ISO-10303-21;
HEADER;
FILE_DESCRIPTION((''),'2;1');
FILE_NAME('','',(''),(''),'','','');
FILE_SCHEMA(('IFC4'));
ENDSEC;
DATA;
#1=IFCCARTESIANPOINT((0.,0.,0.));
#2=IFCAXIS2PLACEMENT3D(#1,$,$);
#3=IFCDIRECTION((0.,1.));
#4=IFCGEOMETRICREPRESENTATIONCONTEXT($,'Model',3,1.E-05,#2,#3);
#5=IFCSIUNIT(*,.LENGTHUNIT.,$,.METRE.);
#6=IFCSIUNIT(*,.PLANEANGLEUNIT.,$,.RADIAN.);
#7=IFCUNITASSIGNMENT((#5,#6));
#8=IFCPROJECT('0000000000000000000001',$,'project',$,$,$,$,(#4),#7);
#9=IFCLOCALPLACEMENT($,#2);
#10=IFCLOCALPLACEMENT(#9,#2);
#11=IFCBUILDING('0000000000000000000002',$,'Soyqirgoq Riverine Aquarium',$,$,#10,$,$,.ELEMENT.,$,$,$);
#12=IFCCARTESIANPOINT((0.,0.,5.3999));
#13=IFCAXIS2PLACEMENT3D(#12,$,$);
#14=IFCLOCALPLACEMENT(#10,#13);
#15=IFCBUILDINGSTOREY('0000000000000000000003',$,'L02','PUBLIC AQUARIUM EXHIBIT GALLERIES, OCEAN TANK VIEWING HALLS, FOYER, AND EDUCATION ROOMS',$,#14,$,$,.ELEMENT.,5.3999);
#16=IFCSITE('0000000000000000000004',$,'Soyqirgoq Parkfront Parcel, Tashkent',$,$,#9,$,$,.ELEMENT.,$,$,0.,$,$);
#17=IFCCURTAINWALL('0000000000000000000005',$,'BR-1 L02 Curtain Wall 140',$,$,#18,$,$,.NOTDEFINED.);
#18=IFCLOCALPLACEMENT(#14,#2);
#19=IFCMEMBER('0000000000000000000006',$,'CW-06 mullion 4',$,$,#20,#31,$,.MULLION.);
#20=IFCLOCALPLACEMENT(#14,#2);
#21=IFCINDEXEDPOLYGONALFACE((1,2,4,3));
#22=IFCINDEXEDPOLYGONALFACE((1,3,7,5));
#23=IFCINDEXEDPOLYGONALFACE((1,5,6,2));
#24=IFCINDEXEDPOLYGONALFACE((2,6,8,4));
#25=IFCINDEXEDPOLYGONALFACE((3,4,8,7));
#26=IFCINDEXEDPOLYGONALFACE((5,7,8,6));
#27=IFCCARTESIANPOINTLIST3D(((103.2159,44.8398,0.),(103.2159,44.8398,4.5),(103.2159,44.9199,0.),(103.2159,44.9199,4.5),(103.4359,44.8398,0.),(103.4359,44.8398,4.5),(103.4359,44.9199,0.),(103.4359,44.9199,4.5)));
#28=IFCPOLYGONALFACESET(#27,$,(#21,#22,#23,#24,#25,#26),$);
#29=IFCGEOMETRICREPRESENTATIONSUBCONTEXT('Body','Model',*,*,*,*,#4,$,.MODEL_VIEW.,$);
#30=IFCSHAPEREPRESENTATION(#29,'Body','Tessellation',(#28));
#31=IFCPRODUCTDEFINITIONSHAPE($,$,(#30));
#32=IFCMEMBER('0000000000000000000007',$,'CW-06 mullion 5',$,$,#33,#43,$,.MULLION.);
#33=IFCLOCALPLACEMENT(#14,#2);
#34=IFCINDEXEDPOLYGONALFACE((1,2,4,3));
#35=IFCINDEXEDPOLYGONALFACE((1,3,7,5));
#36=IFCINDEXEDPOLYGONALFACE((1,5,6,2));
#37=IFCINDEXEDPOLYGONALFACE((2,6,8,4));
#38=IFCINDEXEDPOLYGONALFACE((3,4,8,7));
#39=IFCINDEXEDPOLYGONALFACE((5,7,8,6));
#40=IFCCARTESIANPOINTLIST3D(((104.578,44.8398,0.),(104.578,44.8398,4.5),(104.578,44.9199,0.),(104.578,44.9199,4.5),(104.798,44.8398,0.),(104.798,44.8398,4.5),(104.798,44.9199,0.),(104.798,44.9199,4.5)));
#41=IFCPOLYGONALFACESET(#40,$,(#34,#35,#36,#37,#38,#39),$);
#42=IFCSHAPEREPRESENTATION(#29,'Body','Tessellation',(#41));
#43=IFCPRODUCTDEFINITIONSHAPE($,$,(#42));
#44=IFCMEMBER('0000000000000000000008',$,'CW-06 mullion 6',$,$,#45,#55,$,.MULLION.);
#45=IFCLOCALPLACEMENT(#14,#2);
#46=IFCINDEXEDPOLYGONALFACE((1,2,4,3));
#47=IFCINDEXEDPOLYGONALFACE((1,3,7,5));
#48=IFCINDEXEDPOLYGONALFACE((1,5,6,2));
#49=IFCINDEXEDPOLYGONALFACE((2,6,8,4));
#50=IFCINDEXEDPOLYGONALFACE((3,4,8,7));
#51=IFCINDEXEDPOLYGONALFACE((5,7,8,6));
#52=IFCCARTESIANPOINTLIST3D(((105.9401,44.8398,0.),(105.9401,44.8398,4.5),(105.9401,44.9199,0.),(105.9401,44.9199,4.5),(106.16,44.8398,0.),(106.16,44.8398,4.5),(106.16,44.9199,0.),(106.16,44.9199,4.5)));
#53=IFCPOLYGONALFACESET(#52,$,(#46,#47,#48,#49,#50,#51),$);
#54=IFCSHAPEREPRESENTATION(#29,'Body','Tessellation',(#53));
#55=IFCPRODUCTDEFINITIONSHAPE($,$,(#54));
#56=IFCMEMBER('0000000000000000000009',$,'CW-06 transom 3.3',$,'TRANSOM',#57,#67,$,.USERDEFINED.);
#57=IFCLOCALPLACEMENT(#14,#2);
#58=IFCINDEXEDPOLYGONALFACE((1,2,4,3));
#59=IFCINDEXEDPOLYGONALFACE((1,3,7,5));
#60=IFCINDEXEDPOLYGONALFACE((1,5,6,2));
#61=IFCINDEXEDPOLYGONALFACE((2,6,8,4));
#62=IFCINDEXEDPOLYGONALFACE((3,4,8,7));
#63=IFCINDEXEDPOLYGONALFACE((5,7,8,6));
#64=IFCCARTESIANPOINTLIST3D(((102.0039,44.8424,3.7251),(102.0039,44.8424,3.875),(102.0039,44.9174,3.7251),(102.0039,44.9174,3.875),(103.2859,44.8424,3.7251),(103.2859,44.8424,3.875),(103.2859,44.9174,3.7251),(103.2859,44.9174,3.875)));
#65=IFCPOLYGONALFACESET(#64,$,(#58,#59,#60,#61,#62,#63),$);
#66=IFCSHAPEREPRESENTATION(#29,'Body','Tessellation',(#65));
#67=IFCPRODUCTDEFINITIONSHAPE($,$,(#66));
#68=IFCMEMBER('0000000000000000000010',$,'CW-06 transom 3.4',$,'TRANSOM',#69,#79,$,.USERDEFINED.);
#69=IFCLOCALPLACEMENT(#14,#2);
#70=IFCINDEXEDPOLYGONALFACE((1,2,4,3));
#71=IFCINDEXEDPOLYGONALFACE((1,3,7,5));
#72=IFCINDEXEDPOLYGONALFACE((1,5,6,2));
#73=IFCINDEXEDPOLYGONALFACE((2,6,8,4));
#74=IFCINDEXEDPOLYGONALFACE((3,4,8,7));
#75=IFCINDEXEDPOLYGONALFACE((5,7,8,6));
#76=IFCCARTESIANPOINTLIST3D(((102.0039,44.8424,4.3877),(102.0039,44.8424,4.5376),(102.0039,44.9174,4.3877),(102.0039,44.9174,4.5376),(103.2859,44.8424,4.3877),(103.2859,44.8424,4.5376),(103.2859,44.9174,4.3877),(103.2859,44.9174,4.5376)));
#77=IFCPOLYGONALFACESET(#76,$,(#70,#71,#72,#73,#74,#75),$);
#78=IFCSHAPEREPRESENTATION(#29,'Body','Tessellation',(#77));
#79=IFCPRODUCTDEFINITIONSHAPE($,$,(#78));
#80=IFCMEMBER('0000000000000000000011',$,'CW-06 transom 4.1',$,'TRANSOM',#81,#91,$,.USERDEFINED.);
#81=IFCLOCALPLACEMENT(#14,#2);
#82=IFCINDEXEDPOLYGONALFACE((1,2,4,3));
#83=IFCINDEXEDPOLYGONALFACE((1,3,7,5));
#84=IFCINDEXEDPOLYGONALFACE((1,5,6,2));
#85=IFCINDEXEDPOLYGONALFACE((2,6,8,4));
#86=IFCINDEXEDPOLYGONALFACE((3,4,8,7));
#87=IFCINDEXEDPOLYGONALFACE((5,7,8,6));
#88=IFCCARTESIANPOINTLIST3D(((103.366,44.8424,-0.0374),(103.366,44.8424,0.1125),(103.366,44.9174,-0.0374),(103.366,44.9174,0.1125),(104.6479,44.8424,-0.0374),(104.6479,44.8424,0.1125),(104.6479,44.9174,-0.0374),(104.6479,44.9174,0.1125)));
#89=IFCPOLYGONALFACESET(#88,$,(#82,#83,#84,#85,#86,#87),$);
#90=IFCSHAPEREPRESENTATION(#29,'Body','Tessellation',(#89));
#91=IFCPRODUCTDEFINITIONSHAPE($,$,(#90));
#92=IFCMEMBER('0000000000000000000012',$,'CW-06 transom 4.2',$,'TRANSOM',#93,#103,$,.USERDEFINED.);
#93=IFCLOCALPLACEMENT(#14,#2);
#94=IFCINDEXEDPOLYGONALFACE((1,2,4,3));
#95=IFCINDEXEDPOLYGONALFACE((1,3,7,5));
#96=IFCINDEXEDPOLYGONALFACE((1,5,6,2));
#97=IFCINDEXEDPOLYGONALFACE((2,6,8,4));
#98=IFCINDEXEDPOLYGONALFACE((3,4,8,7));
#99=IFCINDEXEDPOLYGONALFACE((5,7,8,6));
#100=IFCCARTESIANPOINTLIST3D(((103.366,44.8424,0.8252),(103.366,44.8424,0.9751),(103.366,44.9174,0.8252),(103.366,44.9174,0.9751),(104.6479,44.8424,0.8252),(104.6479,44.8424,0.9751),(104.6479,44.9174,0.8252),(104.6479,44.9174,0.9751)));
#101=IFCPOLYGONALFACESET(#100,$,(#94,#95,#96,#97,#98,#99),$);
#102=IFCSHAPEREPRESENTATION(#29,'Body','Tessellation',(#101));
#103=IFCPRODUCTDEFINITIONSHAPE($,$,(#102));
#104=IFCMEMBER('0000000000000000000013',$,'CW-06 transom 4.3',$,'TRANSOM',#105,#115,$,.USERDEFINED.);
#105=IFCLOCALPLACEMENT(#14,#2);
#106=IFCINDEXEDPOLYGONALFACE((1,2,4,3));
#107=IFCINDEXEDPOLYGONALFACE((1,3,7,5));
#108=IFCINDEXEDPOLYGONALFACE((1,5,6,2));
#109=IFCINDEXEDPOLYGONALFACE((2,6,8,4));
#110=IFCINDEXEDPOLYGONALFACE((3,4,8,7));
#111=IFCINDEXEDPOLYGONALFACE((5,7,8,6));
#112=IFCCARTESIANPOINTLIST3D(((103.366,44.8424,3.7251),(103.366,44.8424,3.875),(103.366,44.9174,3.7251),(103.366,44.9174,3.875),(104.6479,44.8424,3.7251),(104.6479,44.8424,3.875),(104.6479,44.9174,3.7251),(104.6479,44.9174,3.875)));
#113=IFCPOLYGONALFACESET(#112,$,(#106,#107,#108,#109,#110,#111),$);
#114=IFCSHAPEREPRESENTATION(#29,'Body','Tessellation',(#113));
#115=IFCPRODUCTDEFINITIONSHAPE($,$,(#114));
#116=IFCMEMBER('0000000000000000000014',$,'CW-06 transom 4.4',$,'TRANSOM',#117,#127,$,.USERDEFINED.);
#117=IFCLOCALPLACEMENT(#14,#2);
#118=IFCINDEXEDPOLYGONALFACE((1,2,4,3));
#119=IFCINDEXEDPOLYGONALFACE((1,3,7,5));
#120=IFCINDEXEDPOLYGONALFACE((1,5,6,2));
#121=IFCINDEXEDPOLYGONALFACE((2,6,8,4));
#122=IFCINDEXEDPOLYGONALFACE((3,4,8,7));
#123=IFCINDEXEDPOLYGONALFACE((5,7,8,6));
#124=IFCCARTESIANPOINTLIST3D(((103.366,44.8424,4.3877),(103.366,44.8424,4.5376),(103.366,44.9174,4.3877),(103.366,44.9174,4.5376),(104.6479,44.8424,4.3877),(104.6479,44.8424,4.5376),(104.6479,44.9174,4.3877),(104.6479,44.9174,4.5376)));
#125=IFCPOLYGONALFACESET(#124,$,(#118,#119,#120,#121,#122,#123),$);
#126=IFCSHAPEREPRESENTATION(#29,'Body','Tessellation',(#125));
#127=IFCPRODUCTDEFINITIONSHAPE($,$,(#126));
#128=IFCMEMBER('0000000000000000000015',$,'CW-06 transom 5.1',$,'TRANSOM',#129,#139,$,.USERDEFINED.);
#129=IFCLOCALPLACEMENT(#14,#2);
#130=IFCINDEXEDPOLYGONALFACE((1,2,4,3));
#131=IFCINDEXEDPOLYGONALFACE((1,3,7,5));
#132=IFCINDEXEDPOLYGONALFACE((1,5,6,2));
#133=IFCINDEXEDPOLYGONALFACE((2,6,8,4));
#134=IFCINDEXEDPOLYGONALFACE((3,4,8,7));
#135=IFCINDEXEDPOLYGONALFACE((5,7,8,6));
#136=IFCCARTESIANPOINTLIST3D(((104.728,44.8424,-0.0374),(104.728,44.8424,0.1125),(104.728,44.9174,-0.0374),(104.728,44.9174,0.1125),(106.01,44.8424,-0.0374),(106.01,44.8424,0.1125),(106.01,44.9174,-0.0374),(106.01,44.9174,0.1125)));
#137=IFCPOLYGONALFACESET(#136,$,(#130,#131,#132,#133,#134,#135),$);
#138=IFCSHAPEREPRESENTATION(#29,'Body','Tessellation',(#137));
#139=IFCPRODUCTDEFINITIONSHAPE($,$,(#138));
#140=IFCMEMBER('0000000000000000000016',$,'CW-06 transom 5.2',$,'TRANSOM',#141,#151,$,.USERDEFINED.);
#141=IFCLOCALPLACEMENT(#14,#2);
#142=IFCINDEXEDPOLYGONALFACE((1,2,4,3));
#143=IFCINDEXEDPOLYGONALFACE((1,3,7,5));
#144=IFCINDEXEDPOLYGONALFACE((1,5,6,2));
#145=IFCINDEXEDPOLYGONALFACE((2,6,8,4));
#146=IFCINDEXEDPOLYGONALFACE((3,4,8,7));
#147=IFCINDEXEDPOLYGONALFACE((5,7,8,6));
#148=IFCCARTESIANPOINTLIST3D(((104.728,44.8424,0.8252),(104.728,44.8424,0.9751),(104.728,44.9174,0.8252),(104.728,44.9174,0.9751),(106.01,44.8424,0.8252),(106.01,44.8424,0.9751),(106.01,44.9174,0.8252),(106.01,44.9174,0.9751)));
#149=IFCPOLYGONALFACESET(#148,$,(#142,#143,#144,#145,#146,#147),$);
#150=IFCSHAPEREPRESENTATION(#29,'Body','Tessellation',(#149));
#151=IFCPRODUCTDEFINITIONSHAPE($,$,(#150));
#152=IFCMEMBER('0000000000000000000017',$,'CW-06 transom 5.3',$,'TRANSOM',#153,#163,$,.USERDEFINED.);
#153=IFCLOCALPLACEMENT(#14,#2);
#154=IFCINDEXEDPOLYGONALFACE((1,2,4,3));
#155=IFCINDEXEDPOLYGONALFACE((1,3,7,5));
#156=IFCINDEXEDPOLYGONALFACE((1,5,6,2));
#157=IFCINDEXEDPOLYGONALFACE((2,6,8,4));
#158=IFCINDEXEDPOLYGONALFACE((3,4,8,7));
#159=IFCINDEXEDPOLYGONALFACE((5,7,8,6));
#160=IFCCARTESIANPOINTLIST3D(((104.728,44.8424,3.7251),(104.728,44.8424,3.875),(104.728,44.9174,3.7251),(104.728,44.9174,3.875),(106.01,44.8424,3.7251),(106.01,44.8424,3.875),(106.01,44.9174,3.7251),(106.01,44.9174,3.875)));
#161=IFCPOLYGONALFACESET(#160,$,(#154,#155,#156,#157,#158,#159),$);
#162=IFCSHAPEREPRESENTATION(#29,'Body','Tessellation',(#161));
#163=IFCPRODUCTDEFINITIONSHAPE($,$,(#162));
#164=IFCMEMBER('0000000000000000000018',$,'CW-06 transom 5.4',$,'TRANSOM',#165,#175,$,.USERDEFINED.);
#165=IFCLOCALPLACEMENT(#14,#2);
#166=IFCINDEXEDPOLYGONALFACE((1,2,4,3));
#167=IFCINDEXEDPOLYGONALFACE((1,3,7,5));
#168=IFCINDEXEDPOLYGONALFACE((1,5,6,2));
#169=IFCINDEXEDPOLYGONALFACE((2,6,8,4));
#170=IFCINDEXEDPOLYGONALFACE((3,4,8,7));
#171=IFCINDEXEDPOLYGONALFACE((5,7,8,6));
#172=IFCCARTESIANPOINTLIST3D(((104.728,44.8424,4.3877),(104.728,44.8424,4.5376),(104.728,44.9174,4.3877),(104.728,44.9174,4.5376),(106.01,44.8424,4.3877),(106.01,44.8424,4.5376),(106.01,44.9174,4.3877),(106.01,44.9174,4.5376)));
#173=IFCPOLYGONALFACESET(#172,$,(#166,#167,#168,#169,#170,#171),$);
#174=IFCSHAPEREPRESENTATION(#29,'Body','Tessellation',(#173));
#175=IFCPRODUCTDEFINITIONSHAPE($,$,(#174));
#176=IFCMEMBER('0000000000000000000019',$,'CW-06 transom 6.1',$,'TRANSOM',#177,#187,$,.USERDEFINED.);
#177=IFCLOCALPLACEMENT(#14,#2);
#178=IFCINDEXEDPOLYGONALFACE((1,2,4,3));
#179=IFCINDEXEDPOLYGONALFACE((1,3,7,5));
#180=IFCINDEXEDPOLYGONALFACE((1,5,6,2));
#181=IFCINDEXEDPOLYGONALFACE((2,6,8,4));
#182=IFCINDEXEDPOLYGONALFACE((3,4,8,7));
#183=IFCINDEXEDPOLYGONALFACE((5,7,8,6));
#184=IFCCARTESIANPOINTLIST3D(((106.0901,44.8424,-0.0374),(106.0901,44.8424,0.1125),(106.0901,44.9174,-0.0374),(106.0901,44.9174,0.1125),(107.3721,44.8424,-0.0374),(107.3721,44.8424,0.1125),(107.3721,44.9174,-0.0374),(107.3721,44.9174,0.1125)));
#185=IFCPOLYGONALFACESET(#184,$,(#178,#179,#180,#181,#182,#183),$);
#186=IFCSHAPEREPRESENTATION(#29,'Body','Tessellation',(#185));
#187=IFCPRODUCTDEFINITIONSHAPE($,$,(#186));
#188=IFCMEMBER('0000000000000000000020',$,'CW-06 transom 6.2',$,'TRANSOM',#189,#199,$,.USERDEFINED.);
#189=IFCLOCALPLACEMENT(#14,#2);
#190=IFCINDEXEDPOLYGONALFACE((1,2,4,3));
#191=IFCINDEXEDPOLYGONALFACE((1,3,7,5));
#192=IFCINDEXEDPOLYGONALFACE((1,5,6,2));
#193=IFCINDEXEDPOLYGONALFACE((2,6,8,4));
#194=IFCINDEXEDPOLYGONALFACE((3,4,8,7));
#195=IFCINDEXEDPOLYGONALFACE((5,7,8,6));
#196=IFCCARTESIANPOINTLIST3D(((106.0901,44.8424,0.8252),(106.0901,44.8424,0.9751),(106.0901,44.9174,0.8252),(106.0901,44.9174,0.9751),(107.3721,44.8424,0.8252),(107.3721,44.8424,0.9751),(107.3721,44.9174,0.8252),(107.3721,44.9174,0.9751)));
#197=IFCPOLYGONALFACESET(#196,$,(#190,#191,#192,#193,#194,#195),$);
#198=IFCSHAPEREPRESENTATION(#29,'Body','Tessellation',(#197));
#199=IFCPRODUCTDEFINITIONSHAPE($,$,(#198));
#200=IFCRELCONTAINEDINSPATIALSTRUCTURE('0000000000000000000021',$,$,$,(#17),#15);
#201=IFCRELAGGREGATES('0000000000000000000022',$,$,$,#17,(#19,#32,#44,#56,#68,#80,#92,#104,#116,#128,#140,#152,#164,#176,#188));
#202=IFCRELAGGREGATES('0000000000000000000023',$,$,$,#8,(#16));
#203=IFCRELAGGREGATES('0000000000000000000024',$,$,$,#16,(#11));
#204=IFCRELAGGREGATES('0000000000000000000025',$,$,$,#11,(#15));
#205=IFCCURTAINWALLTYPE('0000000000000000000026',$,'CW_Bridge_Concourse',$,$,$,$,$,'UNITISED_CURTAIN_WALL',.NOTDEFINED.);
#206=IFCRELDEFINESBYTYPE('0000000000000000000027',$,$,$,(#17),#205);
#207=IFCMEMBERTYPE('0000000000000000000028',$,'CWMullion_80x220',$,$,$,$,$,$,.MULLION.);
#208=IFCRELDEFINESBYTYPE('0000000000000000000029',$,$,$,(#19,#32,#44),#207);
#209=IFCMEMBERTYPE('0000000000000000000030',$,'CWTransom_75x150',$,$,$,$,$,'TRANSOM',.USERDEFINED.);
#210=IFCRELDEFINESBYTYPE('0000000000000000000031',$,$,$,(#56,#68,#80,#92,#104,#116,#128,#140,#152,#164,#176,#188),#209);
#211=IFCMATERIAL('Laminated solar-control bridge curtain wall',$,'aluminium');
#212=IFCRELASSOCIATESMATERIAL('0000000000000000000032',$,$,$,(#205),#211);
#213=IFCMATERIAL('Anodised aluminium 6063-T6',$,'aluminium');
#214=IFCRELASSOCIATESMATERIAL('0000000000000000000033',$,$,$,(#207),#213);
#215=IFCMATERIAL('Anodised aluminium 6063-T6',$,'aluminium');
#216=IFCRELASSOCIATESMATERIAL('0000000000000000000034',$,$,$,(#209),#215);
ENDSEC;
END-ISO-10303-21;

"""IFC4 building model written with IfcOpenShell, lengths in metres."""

from ifc_helpers import new_model, si_unit, direction, frame, origin, origin_2d, place, context, subcontext, project, spatial, rectangle, extrude, material, material_profile, profile_set, type_object, element, aggregate, save


model = new_model("IFC4")

# Units and contexts
model_context = context("Model", 3, precision=1e-05, world=origin(), true_north=direction((0.0, 1.0)))
body_context = subcontext(model_context, "Body", "Model", "MODEL_VIEW")
ifc_project = project(units=[si_unit("LENGTHUNIT", "METRE"), si_unit("PLANEANGLEUNIT", "RADIAN")], contexts=[model_context])

# Site, building, storey
site_placement = place(None, origin())
site = spatial("IfcSite", under=ifc_project, at=site_placement, Name="Soyqirgoq Parkfront Parcel, Tashkent", CompositionType="ELEMENT", RefElevation=0.0)
building_placement = place(site_placement, origin())
building = spatial("IfcBuilding", under=site, at=building_placement, Name="Soyqirgoq Riverine Aquarium", CompositionType="ELEMENT")
storey_placement = place(building_placement, frame((0.0, 0.0, 5.3999)))
storey = spatial("IfcBuildingStorey", under=building, at=storey_placement, Name="L02", Description="PUBLIC AQUARIUM EXHIBIT GALLERIES, OCEAN TANK VIEWING HALLS, FOYER, AND EDUCATION ROOMS", CompositionType="ELEMENT", Elevation=5.3999)

# Curtain wall, members
ifc_material_1 = material(Name="Laminated solar-control bridge curtain wall", Category="aluminium")
curtain_wall_type = type_object("IfcCurtainWallType", Name="CW_Bridge_Concourse", ElementType="UNITISED_CURTAIN_WALL", PredefinedType="NOTDEFINED", material=ifc_material_1)
curtain_wall_placement = place(storey_placement, origin())
curtain_wall = element("IfcCurtainWall", 1, at=curtain_wall_placement, inside=storey, type_object=curtain_wall_type, Name="BR-1 L02 Curtain Wall 140", PredefinedType="NOTDEFINED")
ifc_material_2 = material(Name="Anodised aluminium 6063-T6", Category="aluminium")
ifc_material_profile_1 = material_profile(ifc_material_2, rectangle(XDim=0.0801, YDim=0.22, at=origin_2d()), Name="ALU-M 80x220")
ifc_profile_set_1 = profile_set([ifc_material_profile_1], Name="Anodised aluminium 6063-T6")
member_type_1 = type_object("IfcMemberType", Name="CWMullion_80x220", PredefinedType="MULLION", material=ifc_profile_set_1)
member_1_placement = place(storey_placement, frame((103.3259, 44.8799, 0.0), z_axis=(0.0, 0.0, 1.0), x_axis=(0.0, 1.0, 0.0)))
member_1 = element("IfcMember", 2, at=member_1_placement, type_object=member_type_1, Name="CW-06 mullion 4", PredefinedType="MULLION", context=body_context, shape_type="SweptSolid", body=[
    extrude(rectangle(XDim=0.0801, YDim=0.22, at=origin_2d()), origin(), (0.0, 0.0, 1.0), 4.5),
])
member_2_placement = place(storey_placement, frame((104.688, 44.8799, 0.0), z_axis=(0.0, 0.0, 1.0), x_axis=(0.0, 1.0, 0.0)))
member_2 = element("IfcMember", 3, at=member_2_placement, type_object=member_type_1, Name="CW-06 mullion 5", PredefinedType="MULLION", context=body_context, shape_type="SweptSolid", body=[
    extrude(rectangle(XDim=0.0801, YDim=0.22, at=origin_2d()), origin(), (0.0, 0.0, 1.0), 4.5),
])
member_3_placement = place(storey_placement, frame((106.05, 44.8799, 0.0), z_axis=(0.0, 0.0, 1.0), x_axis=(0.0, 1.0, 0.0)))
member_3 = element("IfcMember", 4, at=member_3_placement, type_object=member_type_1, Name="CW-06 mullion 6", PredefinedType="MULLION", context=body_context, shape_type="SweptSolid", body=[
    extrude(rectangle(XDim=0.0801, YDim=0.22, at=origin_2d()), origin(), (0.0, 0.0, 1.0), 4.5),
])
ifc_material_3 = material(Name="Anodised aluminium 6063-T6", Category="aluminium")
ifc_material_profile_2 = material_profile(ifc_material_3, rectangle(XDim=0.075, YDim=0.1499, at=origin_2d()), Name="ALU-T 75x150")
ifc_profile_set_2 = profile_set([ifc_material_profile_2], Name="Anodised aluminium 6063-T6")
member_type_2 = type_object("IfcMemberType", Name="CWTransom_75x150", ElementType="TRANSOM", PredefinedType="USERDEFINED", material=ifc_profile_set_2)
member_4_placement = place(storey_placement, frame((102.0039, 44.8799, 3.8), z_axis=(1.0, 0.0, 0.0), x_axis=(0.0, 1.0, 0.0)))
member_4 = element("IfcMember", 5, at=member_4_placement, type_object=member_type_2, Name="CW-06 transom 3.3", ObjectType="TRANSOM", PredefinedType="USERDEFINED", context=body_context, shape_type="SweptSolid", body=[
    extrude(rectangle(XDim=0.075, YDim=0.1499, at=origin_2d()), origin(), (0.0, 0.0, 1.0), 1.282),
])
member_5_placement = place(storey_placement, frame((102.0039, 44.8799, 4.4626), z_axis=(1.0, 0.0, 0.0), x_axis=(0.0, 1.0, 0.0)))
member_5 = element("IfcMember", 6, at=member_5_placement, type_object=member_type_2, Name="CW-06 transom 3.4", ObjectType="TRANSOM", PredefinedType="USERDEFINED", context=body_context, shape_type="SweptSolid", body=[
    extrude(rectangle(XDim=0.075, YDim=0.1499, at=origin_2d()), origin(), (0.0, 0.0, 1.0), 1.282),
])
member_6_placement = place(storey_placement, frame((103.366, 44.8799, 0.0376), z_axis=(1.0, 0.0, 0.0), x_axis=(0.0, 1.0, 0.0)))
member_6 = element("IfcMember", 7, at=member_6_placement, type_object=member_type_2, Name="CW-06 transom 4.1", ObjectType="TRANSOM", PredefinedType="USERDEFINED", context=body_context, shape_type="SweptSolid", body=[
    extrude(rectangle(XDim=0.075, YDim=0.1499, at=origin_2d()), origin(), (0.0, 0.0, 1.0), 1.282),
])
member_7_placement = place(storey_placement, frame((103.366, 44.8799, 0.9001), z_axis=(1.0, 0.0, 0.0), x_axis=(0.0, 1.0, 0.0)))
member_7 = element("IfcMember", 8, at=member_7_placement, type_object=member_type_2, Name="CW-06 transom 4.2", ObjectType="TRANSOM", PredefinedType="USERDEFINED", context=body_context, shape_type="SweptSolid", body=[
    extrude(rectangle(XDim=0.075, YDim=0.1499, at=origin_2d()), origin(), (0.0, 0.0, 1.0), 1.282),
])
member_8_placement = place(storey_placement, frame((103.366, 44.8799, 3.8), z_axis=(1.0, 0.0, 0.0), x_axis=(0.0, 1.0, 0.0)))
member_8 = element("IfcMember", 9, at=member_8_placement, type_object=member_type_2, Name="CW-06 transom 4.3", ObjectType="TRANSOM", PredefinedType="USERDEFINED", context=body_context, shape_type="SweptSolid", body=[
    extrude(rectangle(XDim=0.075, YDim=0.1499, at=origin_2d()), origin(), (0.0, 0.0, 1.0), 1.282),
])
member_9_placement = place(storey_placement, frame((103.366, 44.8799, 4.4626), z_axis=(1.0, 0.0, 0.0), x_axis=(0.0, 1.0, 0.0)))
member_9 = element("IfcMember", 10, at=member_9_placement, type_object=member_type_2, Name="CW-06 transom 4.4", ObjectType="TRANSOM", PredefinedType="USERDEFINED", context=body_context, shape_type="SweptSolid", body=[
    extrude(rectangle(XDim=0.075, YDim=0.1499, at=origin_2d()), origin(), (0.0, 0.0, 1.0), 1.282),
])
member_10_placement = place(storey_placement, frame((104.728, 44.8799, 0.0376), z_axis=(1.0, 0.0, 0.0), x_axis=(0.0, 1.0, 0.0)))
member_10 = element("IfcMember", 11, at=member_10_placement, type_object=member_type_2, Name="CW-06 transom 5.1", ObjectType="TRANSOM", PredefinedType="USERDEFINED", context=body_context, shape_type="SweptSolid", body=[
    extrude(rectangle(XDim=0.075, YDim=0.1499, at=origin_2d()), origin(), (0.0, 0.0, 1.0), 1.282),
])
member_11_placement = place(storey_placement, frame((104.728, 44.8799, 0.9001), z_axis=(1.0, 0.0, 0.0), x_axis=(0.0, 1.0, 0.0)))
member_11 = element("IfcMember", 12, at=member_11_placement, type_object=member_type_2, Name="CW-06 transom 5.2", ObjectType="TRANSOM", PredefinedType="USERDEFINED", context=body_context, shape_type="SweptSolid", body=[
    extrude(rectangle(XDim=0.075, YDim=0.1499, at=origin_2d()), origin(), (0.0, 0.0, 1.0), 1.282),
])
member_12_placement = place(storey_placement, frame((104.728, 44.8799, 3.8), z_axis=(1.0, 0.0, 0.0), x_axis=(0.0, 1.0, 0.0)))
member_12 = element("IfcMember", 13, at=member_12_placement, type_object=member_type_2, Name="CW-06 transom 5.3", ObjectType="TRANSOM", PredefinedType="USERDEFINED", context=body_context, shape_type="SweptSolid", body=[
    extrude(rectangle(XDim=0.075, YDim=0.1499, at=origin_2d()), origin(), (0.0, 0.0, 1.0), 1.282),
])
member_13_placement = place(storey_placement, frame((104.728, 44.8799, 4.4626), z_axis=(1.0, 0.0, 0.0), x_axis=(0.0, 1.0, 0.0)))
member_13 = element("IfcMember", 14, at=member_13_placement, type_object=member_type_2, Name="CW-06 transom 5.4", ObjectType="TRANSOM", PredefinedType="USERDEFINED", context=body_context, shape_type="SweptSolid", body=[
    extrude(rectangle(XDim=0.075, YDim=0.1499, at=origin_2d()), origin(), (0.0, 0.0, 1.0), 1.282),
])
member_14_placement = place(storey_placement, frame((106.0901, 44.8799, 0.0376), z_axis=(1.0, 0.0, 0.0), x_axis=(0.0, 1.0, 0.0)))
member_14 = element("IfcMember", 15, at=member_14_placement, type_object=member_type_2, Name="CW-06 transom 6.1", ObjectType="TRANSOM", PredefinedType="USERDEFINED", context=body_context, shape_type="SweptSolid", body=[
    extrude(rectangle(XDim=0.075, YDim=0.1499, at=origin_2d()), origin(), (0.0, 0.0, 1.0), 1.282),
])
member_15_placement = place(storey_placement, frame((106.0901, 44.8799, 0.9001), z_axis=(1.0, 0.0, 0.0), x_axis=(0.0, 1.0, 0.0)))
member_15 = element("IfcMember", 16, at=member_15_placement, type_object=member_type_2, Name="CW-06 transom 6.2", ObjectType="TRANSOM", PredefinedType="USERDEFINED", context=body_context, shape_type="SweptSolid", body=[
    extrude(rectangle(XDim=0.075, YDim=0.1499, at=origin_2d()), origin(), (0.0, 0.0, 1.0), 1.282),
])
aggregate(curtain_wall, [member_1, member_2, member_3, member_4, member_5, member_6, member_7, member_8, member_9, member_10, member_11, member_12, member_13, member_14, member_15])

save(model, "model.ifc")
